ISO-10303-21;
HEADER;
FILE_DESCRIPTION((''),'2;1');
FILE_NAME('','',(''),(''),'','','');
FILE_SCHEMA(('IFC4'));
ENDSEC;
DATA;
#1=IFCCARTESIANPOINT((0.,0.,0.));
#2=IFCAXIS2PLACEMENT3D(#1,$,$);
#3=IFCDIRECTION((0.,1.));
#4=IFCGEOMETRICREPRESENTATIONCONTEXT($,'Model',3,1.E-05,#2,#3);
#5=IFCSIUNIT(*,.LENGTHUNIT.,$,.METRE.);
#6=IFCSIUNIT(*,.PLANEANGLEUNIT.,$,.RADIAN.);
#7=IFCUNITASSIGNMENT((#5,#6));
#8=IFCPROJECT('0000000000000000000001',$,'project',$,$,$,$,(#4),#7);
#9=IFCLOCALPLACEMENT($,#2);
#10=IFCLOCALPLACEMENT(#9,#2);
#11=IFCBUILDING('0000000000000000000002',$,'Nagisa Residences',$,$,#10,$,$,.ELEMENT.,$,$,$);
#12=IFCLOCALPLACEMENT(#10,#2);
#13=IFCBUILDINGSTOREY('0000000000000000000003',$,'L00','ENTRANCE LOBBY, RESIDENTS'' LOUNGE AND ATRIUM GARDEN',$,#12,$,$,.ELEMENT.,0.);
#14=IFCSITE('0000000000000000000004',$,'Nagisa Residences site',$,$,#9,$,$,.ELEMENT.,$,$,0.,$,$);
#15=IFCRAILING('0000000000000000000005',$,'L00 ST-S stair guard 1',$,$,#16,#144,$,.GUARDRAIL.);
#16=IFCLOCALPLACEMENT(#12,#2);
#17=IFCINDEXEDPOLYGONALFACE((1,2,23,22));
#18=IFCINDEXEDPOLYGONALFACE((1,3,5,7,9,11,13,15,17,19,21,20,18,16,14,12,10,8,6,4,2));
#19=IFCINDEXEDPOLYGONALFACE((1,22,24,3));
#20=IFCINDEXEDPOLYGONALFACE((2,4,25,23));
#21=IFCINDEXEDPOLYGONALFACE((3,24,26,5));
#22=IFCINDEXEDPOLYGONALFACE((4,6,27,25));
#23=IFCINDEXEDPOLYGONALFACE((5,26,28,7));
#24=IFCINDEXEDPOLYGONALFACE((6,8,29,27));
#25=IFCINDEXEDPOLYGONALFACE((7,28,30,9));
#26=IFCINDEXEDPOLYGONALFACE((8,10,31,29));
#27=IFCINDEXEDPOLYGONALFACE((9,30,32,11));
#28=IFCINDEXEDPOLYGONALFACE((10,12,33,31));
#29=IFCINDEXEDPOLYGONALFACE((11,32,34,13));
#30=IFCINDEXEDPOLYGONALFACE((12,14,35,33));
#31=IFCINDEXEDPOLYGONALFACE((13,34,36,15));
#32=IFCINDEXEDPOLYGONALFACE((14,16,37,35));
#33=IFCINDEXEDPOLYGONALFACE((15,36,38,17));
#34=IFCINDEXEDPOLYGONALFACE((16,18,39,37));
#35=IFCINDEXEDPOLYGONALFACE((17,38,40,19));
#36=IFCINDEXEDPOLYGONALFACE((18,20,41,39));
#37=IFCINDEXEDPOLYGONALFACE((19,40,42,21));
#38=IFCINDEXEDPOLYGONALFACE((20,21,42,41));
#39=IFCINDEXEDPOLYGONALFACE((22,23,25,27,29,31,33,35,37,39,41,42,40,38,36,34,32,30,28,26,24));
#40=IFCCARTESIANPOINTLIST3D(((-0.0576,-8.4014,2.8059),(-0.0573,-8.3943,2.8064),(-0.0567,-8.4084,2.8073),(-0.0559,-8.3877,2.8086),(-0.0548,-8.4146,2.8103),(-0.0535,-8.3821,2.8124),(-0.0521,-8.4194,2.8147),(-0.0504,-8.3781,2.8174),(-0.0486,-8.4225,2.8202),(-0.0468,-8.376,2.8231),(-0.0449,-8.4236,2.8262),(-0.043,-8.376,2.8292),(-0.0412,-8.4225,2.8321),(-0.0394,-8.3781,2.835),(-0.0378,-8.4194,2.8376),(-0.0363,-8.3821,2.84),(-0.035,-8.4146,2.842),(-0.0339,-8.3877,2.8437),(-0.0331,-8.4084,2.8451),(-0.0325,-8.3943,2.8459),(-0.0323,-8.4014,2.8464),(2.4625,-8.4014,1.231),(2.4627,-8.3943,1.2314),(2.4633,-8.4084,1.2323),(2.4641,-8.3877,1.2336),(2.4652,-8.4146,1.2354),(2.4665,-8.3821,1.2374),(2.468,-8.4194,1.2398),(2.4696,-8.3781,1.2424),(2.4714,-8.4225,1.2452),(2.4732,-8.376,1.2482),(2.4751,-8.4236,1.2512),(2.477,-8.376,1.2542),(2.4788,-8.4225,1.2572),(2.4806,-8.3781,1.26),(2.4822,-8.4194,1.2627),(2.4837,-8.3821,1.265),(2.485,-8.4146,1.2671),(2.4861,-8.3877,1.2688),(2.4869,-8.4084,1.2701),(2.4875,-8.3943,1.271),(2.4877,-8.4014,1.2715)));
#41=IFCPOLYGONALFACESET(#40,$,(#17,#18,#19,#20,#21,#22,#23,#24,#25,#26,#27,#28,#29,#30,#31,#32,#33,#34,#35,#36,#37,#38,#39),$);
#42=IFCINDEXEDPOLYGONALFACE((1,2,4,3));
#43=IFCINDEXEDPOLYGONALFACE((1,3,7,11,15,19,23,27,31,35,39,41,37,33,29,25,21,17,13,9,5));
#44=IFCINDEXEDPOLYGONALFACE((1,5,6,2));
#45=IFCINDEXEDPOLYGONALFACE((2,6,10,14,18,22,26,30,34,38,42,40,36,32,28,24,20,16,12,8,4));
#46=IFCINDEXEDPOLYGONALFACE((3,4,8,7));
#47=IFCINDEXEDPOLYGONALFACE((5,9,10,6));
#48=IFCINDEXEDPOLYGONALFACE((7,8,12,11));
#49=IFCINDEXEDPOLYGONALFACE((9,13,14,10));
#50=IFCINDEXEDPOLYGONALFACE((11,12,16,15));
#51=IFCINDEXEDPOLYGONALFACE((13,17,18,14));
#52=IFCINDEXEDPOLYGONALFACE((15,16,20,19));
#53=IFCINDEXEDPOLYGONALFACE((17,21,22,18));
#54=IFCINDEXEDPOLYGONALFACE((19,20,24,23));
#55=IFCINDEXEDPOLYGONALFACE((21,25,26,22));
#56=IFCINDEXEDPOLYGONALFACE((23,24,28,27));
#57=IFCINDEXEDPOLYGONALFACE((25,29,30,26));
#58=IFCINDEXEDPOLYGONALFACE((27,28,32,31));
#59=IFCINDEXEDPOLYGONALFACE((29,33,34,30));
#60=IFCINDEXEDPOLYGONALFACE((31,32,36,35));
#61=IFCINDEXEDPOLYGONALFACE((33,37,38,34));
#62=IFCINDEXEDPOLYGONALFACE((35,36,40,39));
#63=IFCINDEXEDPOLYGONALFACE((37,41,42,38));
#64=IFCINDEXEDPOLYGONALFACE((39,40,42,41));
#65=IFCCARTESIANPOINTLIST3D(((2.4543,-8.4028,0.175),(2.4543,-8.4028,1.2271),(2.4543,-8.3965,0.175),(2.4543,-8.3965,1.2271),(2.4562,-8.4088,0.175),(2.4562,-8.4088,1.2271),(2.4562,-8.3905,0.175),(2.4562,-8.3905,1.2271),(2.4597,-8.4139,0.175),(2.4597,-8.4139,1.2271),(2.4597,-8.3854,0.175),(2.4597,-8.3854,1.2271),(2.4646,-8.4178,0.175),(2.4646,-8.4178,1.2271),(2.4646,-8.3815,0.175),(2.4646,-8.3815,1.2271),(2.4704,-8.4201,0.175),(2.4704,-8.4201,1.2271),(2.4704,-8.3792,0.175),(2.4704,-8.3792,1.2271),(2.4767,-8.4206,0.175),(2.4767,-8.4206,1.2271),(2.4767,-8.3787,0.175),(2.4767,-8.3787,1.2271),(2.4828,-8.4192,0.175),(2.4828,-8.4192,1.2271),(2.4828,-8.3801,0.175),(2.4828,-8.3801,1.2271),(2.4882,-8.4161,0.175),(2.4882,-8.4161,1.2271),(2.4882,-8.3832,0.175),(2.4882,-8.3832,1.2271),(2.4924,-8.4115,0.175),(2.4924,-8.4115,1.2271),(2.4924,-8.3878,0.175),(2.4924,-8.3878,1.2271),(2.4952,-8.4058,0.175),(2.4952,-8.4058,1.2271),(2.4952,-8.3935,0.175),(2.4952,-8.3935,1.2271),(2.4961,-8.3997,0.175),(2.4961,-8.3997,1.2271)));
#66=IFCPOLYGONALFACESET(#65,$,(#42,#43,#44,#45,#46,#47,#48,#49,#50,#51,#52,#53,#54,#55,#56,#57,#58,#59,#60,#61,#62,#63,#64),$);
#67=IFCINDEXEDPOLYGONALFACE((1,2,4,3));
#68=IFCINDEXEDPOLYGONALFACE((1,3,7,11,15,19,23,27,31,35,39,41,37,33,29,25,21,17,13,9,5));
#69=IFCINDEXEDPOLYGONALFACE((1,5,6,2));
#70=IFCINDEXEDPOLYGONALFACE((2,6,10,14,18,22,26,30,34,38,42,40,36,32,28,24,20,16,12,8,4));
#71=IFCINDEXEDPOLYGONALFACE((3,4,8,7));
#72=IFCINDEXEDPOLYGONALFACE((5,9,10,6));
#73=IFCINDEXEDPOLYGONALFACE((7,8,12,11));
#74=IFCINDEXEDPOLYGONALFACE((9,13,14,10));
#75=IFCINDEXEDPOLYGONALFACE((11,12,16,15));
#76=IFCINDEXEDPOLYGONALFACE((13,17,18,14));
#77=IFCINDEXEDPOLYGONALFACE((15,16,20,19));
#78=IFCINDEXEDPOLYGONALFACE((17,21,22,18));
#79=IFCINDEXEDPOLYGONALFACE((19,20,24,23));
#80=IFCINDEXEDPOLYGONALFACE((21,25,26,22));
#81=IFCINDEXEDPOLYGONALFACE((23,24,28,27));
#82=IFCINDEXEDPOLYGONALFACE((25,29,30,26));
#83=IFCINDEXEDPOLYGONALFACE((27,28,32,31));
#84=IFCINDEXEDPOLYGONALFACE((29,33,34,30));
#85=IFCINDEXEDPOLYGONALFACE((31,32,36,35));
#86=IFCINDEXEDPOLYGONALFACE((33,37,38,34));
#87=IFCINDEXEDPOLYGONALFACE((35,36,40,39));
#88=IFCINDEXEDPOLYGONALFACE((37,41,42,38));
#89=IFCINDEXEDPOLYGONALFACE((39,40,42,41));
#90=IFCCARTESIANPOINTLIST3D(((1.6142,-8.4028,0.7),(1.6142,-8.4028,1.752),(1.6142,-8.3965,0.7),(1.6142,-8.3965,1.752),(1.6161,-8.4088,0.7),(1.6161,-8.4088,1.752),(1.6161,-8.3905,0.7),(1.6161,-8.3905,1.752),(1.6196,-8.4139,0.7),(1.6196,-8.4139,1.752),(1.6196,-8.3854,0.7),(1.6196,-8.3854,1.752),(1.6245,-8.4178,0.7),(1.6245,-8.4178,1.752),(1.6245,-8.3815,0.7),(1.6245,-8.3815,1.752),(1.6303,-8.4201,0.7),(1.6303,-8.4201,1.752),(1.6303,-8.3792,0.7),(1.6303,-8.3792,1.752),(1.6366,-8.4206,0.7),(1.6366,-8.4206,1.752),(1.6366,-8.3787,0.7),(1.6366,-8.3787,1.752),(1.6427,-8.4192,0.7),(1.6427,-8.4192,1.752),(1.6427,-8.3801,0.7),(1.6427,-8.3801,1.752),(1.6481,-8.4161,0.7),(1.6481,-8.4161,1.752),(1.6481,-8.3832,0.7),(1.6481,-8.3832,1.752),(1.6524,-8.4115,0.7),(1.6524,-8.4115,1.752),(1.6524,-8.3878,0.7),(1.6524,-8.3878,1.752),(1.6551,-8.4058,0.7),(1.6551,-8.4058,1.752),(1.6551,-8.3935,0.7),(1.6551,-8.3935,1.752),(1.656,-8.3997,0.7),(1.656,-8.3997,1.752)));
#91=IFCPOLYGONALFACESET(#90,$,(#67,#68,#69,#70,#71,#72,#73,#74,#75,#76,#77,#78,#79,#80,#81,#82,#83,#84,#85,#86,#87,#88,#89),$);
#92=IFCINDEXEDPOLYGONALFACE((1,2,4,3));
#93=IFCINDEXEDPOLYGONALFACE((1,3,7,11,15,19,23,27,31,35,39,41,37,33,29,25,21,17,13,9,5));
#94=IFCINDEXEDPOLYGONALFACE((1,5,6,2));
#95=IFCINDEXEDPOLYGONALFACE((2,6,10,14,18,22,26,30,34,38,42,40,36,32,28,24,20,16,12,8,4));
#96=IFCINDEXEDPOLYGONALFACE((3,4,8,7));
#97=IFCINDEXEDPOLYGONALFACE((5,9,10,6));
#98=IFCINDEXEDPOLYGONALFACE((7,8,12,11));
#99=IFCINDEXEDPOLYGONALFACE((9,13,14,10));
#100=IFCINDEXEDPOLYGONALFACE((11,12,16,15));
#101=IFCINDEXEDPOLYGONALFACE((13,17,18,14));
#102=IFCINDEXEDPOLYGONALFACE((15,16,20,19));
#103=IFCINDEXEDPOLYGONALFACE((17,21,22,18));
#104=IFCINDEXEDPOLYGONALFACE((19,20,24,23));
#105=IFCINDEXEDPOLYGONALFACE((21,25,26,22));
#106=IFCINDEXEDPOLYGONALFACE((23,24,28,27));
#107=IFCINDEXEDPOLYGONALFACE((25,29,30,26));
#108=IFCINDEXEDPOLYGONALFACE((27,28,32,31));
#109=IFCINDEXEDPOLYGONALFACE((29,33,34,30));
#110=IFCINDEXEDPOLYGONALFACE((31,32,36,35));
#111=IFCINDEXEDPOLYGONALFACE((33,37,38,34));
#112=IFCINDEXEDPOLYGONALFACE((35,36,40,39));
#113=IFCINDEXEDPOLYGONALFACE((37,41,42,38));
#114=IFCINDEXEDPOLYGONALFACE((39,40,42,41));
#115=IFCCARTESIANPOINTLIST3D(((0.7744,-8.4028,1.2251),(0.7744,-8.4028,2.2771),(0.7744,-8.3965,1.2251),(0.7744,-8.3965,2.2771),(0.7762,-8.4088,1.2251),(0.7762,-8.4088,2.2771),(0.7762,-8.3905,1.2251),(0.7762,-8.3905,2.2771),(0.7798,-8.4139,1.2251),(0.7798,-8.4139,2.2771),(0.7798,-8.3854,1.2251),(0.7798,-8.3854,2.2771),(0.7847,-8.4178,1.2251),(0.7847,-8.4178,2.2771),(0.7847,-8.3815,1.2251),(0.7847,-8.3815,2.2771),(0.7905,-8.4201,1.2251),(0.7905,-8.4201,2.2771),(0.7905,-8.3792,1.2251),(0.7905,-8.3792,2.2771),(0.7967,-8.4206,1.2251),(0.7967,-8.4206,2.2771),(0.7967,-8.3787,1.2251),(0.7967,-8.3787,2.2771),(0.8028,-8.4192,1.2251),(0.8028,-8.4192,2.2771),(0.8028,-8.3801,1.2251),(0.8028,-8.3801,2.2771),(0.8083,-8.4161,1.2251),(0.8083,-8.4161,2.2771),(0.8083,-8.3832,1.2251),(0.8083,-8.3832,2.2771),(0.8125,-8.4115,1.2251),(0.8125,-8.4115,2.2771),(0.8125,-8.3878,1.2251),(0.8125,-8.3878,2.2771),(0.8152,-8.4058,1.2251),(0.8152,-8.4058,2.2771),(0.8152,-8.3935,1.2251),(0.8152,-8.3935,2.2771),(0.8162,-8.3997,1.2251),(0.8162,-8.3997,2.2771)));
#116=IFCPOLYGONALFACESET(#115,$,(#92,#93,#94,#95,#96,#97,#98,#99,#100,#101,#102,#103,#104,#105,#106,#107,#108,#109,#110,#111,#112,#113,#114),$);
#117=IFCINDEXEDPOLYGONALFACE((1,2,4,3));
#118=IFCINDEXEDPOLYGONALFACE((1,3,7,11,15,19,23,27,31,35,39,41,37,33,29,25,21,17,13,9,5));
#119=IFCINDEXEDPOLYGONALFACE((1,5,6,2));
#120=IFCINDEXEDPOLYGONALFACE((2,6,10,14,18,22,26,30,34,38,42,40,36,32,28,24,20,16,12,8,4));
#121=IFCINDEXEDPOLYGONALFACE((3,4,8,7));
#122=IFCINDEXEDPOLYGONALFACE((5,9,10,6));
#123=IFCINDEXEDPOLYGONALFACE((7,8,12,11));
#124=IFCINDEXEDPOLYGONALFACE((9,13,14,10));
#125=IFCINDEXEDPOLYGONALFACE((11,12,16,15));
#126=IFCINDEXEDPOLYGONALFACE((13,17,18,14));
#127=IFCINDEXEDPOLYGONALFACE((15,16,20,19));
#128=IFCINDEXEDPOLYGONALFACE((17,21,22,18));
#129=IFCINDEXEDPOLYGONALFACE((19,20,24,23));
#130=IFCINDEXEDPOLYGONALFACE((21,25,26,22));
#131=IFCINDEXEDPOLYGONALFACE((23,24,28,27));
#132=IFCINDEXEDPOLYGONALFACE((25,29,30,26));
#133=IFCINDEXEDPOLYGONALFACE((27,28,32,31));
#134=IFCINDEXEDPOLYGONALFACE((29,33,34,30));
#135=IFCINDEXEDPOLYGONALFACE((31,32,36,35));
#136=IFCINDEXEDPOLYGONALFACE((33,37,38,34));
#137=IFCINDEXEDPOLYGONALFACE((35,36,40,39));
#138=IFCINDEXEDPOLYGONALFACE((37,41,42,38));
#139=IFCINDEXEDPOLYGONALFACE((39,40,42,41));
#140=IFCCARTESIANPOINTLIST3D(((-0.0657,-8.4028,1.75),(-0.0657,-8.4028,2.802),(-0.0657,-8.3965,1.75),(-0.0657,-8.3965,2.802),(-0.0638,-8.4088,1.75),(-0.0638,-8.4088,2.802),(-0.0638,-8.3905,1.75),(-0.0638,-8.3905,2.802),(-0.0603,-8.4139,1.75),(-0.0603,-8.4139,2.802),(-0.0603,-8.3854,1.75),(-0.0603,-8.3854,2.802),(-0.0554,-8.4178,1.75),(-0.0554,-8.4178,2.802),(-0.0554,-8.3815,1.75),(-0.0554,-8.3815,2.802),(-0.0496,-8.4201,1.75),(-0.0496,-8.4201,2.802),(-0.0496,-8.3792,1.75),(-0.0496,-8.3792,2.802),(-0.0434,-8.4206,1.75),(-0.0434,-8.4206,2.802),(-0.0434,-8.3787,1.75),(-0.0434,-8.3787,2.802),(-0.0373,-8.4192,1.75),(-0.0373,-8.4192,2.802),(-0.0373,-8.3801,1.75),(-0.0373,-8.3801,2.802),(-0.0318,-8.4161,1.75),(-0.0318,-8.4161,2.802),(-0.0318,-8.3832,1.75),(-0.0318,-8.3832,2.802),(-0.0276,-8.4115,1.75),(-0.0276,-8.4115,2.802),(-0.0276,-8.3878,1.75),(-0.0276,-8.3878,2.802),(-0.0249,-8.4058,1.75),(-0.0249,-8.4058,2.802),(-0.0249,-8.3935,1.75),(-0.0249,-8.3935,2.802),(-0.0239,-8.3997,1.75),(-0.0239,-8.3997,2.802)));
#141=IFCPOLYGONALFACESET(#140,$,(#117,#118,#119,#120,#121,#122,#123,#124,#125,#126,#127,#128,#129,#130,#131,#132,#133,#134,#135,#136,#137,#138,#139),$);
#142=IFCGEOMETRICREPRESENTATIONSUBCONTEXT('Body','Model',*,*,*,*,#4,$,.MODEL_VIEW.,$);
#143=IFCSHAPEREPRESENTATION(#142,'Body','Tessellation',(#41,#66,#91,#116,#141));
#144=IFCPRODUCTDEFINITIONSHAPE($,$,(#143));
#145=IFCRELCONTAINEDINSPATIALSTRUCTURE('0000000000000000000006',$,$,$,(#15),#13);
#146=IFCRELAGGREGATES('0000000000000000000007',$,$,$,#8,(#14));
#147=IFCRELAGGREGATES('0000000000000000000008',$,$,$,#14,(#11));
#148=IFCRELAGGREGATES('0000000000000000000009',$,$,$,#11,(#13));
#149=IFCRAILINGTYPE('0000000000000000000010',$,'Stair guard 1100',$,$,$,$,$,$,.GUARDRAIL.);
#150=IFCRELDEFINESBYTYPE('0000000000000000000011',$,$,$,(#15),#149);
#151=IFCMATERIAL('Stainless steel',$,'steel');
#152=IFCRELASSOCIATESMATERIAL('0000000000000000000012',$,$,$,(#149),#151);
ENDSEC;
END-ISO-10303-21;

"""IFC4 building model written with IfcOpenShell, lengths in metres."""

from ifc_helpers import new_model, si_unit, direction, frame, origin, origin_2d, place, context, subcontext, project, spatial, circle, extrude, material, type_object, element, save


model = new_model("IFC4")

# Units and contexts
model_context = context("Model", 3, precision=1e-05, world=origin(), true_north=direction((0.0, 1.0)))
body_context = subcontext(model_context, "Body", "Model", "MODEL_VIEW")
ifc_project = project(units=[si_unit("LENGTHUNIT", "METRE"), si_unit("PLANEANGLEUNIT", "RADIAN")], contexts=[model_context])

# Site, building, storey
site_placement = place(None, origin())
site = spatial("IfcSite", under=ifc_project, at=site_placement, Name="Nagisa Residences site", CompositionType="ELEMENT", RefElevation=0.0)
building_placement = place(site_placement, origin())
building = spatial("IfcBuilding", under=site, at=building_placement, Name="Nagisa Residences", CompositionType="ELEMENT")
storey_placement = place(building_placement, origin())
storey = spatial("IfcBuildingStorey", under=building, at=storey_placement, Name="L00", Description="ENTRANCE LOBBY, RESIDENTS' LOUNGE AND ATRIUM GARDEN", CompositionType="ELEMENT", Elevation=0.0)

# Railing
ifc_material_1 = material(Name="Stainless steel", Category="steel")
railing_type_1 = type_object("IfcRailingType", Name="Stair guard 1100", PredefinedType="GUARDRAIL", material=ifc_material_1)
railing_1_placement = place(storey_placement, frame((2.4751, -8.3997, 0.175)))
element("IfcRailing", 1, at=railing_1_placement, inside=storey, type_object=railing_type_1, Name="L00 ST-S stair guard 1", PredefinedType="GUARDRAIL", context=body_context, shape_type="SweptSolid", body=[
    extrude(circle(Radius=0.0239, at=origin_2d()), frame((0.0, 0.0, 1.0762), z_axis=(-0.848008, 0.0, 0.529984), x_axis=(0.0, -1.0, 0.0)), (0.0, 0.0, 1.0), 2.9717),
    extrude(circle(Radius=0.021, at=origin_2d()), origin(), (0.0, 0.0, 1.0), 1.052),
    extrude(circle(Radius=0.021, at=origin_2d()), frame((-0.8401, 0.0, 0.5249)), (0.0, 0.0, 1.0), 1.052),
    extrude(circle(Radius=0.021, at=origin_2d()), frame((-1.6799, 0.0, 1.05)), (0.0, 0.0, 1.0), 1.052),
    extrude(circle(Radius=0.021, at=origin_2d()), frame((-2.52, 0.0, 1.575)), (0.0, 0.0, 1.0), 1.052),
])

save(model, "model.ifc")
